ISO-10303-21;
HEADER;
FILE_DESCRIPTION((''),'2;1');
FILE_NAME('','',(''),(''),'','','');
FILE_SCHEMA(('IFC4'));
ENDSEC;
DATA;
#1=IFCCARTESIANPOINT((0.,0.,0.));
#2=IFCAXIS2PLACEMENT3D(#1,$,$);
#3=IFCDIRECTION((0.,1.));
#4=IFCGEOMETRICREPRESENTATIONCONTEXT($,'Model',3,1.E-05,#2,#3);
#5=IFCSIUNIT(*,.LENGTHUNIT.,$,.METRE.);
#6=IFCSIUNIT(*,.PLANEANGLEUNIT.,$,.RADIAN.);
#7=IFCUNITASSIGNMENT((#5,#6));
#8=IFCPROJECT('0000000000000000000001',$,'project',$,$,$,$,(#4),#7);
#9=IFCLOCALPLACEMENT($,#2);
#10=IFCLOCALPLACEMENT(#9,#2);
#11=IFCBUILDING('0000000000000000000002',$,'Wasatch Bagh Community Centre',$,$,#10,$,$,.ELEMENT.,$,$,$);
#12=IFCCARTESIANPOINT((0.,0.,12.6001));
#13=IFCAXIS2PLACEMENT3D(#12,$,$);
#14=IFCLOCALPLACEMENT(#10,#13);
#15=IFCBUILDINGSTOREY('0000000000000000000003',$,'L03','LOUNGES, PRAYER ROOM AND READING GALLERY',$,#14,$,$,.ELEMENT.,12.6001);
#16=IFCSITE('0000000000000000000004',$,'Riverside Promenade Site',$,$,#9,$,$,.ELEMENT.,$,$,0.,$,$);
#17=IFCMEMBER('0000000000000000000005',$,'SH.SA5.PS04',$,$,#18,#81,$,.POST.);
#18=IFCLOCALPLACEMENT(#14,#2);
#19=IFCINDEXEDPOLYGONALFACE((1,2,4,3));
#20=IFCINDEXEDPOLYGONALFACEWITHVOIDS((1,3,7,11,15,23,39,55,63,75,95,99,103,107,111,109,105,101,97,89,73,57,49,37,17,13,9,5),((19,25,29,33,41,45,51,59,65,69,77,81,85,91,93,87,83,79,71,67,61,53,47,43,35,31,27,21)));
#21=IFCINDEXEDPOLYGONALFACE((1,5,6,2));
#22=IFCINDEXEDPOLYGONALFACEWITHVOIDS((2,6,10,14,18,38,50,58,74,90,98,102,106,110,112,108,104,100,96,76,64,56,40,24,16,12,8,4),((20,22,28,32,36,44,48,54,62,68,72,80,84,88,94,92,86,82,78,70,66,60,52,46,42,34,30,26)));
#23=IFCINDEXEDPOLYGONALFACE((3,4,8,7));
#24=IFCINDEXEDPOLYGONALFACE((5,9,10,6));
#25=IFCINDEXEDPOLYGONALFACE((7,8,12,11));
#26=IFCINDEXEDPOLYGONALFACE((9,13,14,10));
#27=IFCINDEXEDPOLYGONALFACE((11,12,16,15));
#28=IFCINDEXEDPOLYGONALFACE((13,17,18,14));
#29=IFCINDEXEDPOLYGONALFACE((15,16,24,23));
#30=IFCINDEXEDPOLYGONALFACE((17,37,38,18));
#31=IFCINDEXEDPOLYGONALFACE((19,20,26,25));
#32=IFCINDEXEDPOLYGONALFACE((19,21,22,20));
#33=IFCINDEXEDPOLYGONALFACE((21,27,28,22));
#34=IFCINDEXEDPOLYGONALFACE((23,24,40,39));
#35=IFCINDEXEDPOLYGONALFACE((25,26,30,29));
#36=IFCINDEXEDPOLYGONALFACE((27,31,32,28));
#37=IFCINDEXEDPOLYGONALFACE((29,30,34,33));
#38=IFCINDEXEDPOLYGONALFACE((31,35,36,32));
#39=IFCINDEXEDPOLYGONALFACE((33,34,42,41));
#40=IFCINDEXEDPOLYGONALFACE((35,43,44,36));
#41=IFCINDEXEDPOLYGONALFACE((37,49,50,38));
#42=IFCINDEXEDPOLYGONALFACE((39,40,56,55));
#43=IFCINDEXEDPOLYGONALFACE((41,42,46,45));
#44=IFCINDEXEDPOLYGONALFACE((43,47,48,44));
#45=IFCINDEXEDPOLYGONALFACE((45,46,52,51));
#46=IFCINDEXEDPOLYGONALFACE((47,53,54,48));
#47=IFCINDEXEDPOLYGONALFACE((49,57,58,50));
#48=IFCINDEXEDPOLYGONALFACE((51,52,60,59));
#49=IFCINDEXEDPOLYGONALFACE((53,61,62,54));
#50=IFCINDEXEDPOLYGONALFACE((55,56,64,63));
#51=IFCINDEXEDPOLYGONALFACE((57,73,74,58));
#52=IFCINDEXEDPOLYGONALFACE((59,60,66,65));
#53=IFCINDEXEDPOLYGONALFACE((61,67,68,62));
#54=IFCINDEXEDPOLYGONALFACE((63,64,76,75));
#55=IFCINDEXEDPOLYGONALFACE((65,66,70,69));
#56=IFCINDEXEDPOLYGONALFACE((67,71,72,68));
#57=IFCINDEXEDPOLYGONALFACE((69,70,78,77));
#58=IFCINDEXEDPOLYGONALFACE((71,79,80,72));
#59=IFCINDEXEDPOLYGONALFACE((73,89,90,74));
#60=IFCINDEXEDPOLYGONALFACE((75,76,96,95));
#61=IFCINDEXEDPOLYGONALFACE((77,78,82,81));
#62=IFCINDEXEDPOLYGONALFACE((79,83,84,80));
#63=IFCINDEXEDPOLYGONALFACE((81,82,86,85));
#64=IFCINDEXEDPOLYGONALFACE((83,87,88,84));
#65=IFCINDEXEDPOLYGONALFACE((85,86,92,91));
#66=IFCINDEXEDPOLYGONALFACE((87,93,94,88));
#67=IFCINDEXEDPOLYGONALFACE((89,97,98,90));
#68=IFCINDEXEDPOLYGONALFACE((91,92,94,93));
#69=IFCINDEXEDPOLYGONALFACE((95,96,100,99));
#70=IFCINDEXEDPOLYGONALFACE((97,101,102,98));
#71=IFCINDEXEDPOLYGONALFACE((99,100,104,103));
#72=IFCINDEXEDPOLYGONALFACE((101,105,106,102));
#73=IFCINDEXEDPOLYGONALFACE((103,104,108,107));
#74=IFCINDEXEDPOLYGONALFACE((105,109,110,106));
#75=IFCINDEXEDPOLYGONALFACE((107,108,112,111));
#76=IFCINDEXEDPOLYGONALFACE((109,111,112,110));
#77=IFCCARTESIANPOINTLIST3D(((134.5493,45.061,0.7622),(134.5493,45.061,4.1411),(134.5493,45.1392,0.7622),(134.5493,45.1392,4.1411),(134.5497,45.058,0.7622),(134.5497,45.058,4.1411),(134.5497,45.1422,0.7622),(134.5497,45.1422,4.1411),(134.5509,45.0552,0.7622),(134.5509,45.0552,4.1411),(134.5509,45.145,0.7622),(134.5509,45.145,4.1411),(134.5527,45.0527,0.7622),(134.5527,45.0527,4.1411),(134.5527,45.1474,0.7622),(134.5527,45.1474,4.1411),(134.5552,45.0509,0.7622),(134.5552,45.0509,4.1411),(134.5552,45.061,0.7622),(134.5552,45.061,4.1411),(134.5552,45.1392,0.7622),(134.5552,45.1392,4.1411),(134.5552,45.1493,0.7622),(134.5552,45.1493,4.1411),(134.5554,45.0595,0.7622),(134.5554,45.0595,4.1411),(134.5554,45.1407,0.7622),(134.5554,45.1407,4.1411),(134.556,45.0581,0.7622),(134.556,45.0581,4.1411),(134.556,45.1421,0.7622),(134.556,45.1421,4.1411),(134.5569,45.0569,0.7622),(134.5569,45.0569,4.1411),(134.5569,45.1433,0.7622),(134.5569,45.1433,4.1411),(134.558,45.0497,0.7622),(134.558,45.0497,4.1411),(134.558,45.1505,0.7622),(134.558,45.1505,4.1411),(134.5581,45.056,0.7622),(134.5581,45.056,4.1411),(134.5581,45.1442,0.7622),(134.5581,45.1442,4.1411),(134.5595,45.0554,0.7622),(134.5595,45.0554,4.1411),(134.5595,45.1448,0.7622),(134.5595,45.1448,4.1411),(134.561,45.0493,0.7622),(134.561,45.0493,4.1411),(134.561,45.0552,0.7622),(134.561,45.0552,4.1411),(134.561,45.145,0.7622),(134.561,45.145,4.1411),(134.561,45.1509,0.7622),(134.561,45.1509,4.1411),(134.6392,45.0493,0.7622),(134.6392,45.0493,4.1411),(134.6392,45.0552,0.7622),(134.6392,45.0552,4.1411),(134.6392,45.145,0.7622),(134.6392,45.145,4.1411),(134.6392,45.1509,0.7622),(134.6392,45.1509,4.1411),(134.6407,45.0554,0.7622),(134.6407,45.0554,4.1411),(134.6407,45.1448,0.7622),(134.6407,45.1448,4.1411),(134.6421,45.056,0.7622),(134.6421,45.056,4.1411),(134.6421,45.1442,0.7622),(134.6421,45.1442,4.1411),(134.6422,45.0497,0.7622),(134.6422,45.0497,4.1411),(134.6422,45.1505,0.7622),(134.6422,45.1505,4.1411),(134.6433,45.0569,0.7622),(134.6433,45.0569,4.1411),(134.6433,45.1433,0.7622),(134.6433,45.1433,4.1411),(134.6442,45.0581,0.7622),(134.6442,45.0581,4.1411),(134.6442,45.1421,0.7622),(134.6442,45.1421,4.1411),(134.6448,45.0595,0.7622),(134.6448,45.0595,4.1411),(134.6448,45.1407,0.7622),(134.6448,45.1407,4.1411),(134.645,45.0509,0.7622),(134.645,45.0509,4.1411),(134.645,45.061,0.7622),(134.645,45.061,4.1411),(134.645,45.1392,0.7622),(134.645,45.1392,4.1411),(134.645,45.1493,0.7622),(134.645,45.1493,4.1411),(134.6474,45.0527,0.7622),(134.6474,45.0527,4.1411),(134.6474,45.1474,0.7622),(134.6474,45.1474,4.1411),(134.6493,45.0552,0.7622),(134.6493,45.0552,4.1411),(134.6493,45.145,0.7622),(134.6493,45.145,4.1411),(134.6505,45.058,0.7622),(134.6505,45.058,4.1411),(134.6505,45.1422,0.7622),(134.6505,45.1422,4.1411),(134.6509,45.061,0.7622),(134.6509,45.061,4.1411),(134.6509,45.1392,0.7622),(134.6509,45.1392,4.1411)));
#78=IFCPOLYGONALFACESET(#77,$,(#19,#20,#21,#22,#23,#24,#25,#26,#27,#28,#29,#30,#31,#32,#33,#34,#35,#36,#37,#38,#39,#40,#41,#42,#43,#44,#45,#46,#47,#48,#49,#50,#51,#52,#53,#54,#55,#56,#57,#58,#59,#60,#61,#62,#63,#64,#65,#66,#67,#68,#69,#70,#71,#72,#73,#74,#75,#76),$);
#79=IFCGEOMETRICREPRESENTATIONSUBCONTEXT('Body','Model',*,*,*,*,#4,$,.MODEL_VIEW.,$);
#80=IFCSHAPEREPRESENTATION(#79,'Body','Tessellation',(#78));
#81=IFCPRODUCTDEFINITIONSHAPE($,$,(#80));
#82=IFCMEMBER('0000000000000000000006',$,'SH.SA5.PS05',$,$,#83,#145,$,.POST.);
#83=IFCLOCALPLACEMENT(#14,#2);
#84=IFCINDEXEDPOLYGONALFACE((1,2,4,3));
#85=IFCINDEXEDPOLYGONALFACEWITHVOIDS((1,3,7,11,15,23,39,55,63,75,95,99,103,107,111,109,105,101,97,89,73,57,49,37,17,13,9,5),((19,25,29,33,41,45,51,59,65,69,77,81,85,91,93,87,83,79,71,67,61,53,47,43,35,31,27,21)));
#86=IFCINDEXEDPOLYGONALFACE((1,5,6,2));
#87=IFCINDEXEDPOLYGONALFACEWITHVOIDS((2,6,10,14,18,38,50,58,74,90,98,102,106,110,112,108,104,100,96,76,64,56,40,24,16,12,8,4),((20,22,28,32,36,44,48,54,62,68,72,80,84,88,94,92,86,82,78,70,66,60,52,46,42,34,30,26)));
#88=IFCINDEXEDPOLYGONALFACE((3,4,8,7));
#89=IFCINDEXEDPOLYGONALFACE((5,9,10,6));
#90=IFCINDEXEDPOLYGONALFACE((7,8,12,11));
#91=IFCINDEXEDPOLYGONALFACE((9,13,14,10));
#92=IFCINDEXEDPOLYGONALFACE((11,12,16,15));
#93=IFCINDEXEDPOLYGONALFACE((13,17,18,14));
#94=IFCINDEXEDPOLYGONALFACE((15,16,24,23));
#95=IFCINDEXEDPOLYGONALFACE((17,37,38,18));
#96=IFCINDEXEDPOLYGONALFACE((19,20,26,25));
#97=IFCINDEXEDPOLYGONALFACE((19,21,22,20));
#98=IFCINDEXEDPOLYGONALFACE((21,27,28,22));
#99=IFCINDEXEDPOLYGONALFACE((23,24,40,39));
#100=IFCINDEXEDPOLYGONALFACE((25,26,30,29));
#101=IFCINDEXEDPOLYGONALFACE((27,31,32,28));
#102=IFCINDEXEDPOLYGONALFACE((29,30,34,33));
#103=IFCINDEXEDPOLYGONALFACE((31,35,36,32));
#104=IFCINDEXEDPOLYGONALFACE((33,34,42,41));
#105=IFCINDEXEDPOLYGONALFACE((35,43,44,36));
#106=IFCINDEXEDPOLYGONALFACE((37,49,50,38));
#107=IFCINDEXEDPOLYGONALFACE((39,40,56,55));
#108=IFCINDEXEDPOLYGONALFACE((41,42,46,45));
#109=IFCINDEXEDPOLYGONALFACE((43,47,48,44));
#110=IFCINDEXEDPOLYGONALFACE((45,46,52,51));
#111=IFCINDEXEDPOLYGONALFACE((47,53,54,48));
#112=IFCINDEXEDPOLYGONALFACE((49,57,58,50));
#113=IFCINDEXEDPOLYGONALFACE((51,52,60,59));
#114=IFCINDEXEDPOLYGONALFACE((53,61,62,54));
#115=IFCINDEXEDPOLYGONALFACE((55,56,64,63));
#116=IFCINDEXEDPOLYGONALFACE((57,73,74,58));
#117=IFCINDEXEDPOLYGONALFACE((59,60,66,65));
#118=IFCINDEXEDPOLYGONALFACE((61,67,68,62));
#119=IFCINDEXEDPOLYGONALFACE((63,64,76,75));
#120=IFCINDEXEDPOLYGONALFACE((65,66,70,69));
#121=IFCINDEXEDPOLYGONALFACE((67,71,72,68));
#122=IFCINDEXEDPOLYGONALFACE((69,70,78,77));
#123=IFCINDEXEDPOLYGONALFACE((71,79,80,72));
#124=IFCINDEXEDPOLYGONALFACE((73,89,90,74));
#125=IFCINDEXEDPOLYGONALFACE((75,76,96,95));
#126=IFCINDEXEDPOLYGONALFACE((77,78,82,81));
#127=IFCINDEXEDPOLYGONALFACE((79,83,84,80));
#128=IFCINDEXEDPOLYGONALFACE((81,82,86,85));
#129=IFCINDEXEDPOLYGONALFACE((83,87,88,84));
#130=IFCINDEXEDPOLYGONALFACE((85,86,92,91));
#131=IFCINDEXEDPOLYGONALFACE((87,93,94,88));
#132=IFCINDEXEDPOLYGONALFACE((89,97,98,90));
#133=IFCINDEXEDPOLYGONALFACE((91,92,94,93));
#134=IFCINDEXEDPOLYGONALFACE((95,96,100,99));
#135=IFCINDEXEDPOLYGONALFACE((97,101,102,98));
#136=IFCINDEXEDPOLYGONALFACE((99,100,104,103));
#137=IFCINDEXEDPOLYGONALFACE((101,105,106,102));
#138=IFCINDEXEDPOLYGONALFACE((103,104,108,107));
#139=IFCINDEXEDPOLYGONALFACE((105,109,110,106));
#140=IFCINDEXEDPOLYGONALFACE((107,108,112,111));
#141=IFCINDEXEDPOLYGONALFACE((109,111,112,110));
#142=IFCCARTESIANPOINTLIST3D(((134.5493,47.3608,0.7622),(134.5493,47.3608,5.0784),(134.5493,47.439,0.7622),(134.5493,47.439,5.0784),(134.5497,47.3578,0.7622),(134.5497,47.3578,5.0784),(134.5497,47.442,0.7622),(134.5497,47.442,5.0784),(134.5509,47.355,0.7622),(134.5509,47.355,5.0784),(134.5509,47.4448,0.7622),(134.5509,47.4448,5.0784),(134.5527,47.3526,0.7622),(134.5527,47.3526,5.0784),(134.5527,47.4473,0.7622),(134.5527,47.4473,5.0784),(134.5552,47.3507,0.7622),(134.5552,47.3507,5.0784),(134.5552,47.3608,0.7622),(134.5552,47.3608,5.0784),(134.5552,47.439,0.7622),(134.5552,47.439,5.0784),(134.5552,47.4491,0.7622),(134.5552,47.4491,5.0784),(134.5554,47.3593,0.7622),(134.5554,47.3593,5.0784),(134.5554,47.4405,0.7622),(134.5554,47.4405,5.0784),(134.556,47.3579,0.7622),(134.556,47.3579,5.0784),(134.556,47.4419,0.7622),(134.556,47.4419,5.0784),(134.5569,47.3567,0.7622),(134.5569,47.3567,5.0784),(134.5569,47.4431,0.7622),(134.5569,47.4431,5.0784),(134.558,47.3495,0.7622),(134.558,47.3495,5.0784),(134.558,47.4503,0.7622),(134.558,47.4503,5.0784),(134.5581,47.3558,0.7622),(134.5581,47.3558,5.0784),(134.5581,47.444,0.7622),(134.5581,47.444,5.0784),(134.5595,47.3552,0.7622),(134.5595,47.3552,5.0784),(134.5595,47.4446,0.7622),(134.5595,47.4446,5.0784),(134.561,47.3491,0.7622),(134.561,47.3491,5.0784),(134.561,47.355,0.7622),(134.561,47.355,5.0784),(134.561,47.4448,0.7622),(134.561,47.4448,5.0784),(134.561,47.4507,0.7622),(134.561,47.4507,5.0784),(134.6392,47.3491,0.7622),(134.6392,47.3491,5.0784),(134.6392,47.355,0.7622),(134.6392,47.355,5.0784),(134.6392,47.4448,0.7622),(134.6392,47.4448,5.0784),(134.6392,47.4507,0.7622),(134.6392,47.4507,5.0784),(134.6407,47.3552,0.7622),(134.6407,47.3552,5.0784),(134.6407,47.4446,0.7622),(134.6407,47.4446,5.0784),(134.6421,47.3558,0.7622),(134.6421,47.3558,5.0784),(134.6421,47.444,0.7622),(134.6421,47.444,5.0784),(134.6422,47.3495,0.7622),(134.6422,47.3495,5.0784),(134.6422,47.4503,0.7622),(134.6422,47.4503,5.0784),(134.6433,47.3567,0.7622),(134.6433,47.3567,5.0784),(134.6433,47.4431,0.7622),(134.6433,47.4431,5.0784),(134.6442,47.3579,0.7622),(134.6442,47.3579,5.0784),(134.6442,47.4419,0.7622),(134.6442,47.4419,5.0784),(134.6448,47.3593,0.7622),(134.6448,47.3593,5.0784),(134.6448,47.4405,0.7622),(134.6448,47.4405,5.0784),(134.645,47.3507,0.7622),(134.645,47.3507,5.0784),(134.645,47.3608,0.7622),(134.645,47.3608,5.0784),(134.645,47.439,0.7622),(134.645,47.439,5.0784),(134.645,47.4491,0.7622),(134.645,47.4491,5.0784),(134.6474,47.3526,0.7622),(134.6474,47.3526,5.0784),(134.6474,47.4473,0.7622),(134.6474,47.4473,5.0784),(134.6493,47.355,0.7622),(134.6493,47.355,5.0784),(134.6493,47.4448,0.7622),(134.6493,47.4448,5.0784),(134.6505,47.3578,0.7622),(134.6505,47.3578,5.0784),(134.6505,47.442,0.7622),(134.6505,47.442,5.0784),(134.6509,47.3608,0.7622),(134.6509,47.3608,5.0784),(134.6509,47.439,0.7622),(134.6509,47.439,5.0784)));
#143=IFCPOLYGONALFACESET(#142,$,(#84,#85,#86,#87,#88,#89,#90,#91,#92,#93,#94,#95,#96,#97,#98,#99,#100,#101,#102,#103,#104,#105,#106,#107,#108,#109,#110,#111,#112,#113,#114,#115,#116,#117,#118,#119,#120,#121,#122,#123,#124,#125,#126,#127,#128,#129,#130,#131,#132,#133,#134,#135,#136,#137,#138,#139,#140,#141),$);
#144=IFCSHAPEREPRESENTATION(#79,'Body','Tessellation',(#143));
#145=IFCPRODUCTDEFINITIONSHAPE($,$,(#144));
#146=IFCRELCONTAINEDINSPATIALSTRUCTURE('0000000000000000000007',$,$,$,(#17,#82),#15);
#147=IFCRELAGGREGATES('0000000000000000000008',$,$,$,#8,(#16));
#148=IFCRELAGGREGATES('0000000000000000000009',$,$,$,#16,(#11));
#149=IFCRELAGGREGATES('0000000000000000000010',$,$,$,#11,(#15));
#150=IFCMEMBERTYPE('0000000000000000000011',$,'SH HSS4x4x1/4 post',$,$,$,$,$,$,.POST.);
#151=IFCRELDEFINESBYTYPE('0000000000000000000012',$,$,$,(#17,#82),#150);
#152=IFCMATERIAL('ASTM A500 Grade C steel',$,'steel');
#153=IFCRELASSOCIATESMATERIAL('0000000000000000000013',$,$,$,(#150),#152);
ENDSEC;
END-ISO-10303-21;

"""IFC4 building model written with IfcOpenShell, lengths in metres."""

from ifc_helpers import new_model, si_unit, direction, frame, origin, origin_2d, place, context, subcontext, project, spatial, hollow_rectangle, extrude, material, material_profile, profile_set, type_object, element, save


model = new_model("IFC4")

# Units and contexts
model_context = context("Model", 3, precision=1e-05, world=origin(), true_north=direction((0.0, 1.0)))
body_context = subcontext(model_context, "Body", "Model", "MODEL_VIEW")
ifc_project = project(units=[si_unit("LENGTHUNIT", "METRE"), si_unit("PLANEANGLEUNIT", "RADIAN")], contexts=[model_context])

# Site, building, storey
site_placement = place(None, origin())
site = spatial("IfcSite", under=ifc_project, at=site_placement, Name="Riverside Promenade Site", CompositionType="ELEMENT", RefElevation=0.0)
building_placement = place(site_placement, origin())
building = spatial("IfcBuilding", under=site, at=building_placement, Name="Wasatch Bagh Community Centre", CompositionType="ELEMENT")
storey_placement = place(building_placement, frame((0.0, 0.0, 12.6001)))
storey = spatial("IfcBuildingStorey", under=building, at=storey_placement, Name="L03", Description="LOUNGES, PRAYER ROOM AND READING GALLERY", CompositionType="ELEMENT", Elevation=12.6001)

# Members
ifc_material_1 = material(Name="ASTM A500 Grade C steel", Category="steel")
ifc_material_profile_1 = material_profile(ifc_material_1, hollow_rectangle(XDim=0.1016, YDim=0.1016, WallThickness=0.0059, InnerFilletRadius=0.0059, OuterFilletRadius=0.0117, at=origin_2d()), Name="HSS4x4x1/4")
ifc_profile_set_1 = profile_set([ifc_material_profile_1], Name="ASTM A500 Grade C steel")
member_type_1 = type_object("IfcMemberType", Name="SH HSS4x4x1/4 post", PredefinedType="POST", material=ifc_profile_set_1)
member_1_placement = place(storey_placement, frame((134.6001, 45.1001, 0.7622), z_axis=(0.0, 0.0, 1.0), x_axis=(1.0, 0.0, 0.0)))
element("IfcMember", 1, at=member_1_placement, inside=storey, type_object=member_type_1, Name="SH.SA5.PS04", PredefinedType="POST", context=body_context, shape_type="SweptSolid", body=[
    extrude(hollow_rectangle(XDim=0.1016, YDim=0.1016, WallThickness=0.0059, InnerFilletRadius=0.0059, OuterFilletRadius=0.0117, at=origin_2d()), origin(), (0.0, 0.0, 1.0), 3.3789),
])
member_2_placement = place(storey_placement, frame((134.6001, 47.3999, 0.7622), z_axis=(0.0, 0.0, 1.0), x_axis=(1.0, 0.0, 0.0)))
element("IfcMember", 2, at=member_2_placement, inside=storey, type_object=member_type_1, Name="SH.SA5.PS05", PredefinedType="POST", context=body_context, shape_type="SweptSolid", body=[
    extrude(hollow_rectangle(XDim=0.1016, YDim=0.1016, WallThickness=0.0059, InnerFilletRadius=0.0059, OuterFilletRadius=0.0117, at=origin_2d()), origin(), (0.0, 0.0, 1.0), 4.3162),
])

save(model, "model.ifc")
